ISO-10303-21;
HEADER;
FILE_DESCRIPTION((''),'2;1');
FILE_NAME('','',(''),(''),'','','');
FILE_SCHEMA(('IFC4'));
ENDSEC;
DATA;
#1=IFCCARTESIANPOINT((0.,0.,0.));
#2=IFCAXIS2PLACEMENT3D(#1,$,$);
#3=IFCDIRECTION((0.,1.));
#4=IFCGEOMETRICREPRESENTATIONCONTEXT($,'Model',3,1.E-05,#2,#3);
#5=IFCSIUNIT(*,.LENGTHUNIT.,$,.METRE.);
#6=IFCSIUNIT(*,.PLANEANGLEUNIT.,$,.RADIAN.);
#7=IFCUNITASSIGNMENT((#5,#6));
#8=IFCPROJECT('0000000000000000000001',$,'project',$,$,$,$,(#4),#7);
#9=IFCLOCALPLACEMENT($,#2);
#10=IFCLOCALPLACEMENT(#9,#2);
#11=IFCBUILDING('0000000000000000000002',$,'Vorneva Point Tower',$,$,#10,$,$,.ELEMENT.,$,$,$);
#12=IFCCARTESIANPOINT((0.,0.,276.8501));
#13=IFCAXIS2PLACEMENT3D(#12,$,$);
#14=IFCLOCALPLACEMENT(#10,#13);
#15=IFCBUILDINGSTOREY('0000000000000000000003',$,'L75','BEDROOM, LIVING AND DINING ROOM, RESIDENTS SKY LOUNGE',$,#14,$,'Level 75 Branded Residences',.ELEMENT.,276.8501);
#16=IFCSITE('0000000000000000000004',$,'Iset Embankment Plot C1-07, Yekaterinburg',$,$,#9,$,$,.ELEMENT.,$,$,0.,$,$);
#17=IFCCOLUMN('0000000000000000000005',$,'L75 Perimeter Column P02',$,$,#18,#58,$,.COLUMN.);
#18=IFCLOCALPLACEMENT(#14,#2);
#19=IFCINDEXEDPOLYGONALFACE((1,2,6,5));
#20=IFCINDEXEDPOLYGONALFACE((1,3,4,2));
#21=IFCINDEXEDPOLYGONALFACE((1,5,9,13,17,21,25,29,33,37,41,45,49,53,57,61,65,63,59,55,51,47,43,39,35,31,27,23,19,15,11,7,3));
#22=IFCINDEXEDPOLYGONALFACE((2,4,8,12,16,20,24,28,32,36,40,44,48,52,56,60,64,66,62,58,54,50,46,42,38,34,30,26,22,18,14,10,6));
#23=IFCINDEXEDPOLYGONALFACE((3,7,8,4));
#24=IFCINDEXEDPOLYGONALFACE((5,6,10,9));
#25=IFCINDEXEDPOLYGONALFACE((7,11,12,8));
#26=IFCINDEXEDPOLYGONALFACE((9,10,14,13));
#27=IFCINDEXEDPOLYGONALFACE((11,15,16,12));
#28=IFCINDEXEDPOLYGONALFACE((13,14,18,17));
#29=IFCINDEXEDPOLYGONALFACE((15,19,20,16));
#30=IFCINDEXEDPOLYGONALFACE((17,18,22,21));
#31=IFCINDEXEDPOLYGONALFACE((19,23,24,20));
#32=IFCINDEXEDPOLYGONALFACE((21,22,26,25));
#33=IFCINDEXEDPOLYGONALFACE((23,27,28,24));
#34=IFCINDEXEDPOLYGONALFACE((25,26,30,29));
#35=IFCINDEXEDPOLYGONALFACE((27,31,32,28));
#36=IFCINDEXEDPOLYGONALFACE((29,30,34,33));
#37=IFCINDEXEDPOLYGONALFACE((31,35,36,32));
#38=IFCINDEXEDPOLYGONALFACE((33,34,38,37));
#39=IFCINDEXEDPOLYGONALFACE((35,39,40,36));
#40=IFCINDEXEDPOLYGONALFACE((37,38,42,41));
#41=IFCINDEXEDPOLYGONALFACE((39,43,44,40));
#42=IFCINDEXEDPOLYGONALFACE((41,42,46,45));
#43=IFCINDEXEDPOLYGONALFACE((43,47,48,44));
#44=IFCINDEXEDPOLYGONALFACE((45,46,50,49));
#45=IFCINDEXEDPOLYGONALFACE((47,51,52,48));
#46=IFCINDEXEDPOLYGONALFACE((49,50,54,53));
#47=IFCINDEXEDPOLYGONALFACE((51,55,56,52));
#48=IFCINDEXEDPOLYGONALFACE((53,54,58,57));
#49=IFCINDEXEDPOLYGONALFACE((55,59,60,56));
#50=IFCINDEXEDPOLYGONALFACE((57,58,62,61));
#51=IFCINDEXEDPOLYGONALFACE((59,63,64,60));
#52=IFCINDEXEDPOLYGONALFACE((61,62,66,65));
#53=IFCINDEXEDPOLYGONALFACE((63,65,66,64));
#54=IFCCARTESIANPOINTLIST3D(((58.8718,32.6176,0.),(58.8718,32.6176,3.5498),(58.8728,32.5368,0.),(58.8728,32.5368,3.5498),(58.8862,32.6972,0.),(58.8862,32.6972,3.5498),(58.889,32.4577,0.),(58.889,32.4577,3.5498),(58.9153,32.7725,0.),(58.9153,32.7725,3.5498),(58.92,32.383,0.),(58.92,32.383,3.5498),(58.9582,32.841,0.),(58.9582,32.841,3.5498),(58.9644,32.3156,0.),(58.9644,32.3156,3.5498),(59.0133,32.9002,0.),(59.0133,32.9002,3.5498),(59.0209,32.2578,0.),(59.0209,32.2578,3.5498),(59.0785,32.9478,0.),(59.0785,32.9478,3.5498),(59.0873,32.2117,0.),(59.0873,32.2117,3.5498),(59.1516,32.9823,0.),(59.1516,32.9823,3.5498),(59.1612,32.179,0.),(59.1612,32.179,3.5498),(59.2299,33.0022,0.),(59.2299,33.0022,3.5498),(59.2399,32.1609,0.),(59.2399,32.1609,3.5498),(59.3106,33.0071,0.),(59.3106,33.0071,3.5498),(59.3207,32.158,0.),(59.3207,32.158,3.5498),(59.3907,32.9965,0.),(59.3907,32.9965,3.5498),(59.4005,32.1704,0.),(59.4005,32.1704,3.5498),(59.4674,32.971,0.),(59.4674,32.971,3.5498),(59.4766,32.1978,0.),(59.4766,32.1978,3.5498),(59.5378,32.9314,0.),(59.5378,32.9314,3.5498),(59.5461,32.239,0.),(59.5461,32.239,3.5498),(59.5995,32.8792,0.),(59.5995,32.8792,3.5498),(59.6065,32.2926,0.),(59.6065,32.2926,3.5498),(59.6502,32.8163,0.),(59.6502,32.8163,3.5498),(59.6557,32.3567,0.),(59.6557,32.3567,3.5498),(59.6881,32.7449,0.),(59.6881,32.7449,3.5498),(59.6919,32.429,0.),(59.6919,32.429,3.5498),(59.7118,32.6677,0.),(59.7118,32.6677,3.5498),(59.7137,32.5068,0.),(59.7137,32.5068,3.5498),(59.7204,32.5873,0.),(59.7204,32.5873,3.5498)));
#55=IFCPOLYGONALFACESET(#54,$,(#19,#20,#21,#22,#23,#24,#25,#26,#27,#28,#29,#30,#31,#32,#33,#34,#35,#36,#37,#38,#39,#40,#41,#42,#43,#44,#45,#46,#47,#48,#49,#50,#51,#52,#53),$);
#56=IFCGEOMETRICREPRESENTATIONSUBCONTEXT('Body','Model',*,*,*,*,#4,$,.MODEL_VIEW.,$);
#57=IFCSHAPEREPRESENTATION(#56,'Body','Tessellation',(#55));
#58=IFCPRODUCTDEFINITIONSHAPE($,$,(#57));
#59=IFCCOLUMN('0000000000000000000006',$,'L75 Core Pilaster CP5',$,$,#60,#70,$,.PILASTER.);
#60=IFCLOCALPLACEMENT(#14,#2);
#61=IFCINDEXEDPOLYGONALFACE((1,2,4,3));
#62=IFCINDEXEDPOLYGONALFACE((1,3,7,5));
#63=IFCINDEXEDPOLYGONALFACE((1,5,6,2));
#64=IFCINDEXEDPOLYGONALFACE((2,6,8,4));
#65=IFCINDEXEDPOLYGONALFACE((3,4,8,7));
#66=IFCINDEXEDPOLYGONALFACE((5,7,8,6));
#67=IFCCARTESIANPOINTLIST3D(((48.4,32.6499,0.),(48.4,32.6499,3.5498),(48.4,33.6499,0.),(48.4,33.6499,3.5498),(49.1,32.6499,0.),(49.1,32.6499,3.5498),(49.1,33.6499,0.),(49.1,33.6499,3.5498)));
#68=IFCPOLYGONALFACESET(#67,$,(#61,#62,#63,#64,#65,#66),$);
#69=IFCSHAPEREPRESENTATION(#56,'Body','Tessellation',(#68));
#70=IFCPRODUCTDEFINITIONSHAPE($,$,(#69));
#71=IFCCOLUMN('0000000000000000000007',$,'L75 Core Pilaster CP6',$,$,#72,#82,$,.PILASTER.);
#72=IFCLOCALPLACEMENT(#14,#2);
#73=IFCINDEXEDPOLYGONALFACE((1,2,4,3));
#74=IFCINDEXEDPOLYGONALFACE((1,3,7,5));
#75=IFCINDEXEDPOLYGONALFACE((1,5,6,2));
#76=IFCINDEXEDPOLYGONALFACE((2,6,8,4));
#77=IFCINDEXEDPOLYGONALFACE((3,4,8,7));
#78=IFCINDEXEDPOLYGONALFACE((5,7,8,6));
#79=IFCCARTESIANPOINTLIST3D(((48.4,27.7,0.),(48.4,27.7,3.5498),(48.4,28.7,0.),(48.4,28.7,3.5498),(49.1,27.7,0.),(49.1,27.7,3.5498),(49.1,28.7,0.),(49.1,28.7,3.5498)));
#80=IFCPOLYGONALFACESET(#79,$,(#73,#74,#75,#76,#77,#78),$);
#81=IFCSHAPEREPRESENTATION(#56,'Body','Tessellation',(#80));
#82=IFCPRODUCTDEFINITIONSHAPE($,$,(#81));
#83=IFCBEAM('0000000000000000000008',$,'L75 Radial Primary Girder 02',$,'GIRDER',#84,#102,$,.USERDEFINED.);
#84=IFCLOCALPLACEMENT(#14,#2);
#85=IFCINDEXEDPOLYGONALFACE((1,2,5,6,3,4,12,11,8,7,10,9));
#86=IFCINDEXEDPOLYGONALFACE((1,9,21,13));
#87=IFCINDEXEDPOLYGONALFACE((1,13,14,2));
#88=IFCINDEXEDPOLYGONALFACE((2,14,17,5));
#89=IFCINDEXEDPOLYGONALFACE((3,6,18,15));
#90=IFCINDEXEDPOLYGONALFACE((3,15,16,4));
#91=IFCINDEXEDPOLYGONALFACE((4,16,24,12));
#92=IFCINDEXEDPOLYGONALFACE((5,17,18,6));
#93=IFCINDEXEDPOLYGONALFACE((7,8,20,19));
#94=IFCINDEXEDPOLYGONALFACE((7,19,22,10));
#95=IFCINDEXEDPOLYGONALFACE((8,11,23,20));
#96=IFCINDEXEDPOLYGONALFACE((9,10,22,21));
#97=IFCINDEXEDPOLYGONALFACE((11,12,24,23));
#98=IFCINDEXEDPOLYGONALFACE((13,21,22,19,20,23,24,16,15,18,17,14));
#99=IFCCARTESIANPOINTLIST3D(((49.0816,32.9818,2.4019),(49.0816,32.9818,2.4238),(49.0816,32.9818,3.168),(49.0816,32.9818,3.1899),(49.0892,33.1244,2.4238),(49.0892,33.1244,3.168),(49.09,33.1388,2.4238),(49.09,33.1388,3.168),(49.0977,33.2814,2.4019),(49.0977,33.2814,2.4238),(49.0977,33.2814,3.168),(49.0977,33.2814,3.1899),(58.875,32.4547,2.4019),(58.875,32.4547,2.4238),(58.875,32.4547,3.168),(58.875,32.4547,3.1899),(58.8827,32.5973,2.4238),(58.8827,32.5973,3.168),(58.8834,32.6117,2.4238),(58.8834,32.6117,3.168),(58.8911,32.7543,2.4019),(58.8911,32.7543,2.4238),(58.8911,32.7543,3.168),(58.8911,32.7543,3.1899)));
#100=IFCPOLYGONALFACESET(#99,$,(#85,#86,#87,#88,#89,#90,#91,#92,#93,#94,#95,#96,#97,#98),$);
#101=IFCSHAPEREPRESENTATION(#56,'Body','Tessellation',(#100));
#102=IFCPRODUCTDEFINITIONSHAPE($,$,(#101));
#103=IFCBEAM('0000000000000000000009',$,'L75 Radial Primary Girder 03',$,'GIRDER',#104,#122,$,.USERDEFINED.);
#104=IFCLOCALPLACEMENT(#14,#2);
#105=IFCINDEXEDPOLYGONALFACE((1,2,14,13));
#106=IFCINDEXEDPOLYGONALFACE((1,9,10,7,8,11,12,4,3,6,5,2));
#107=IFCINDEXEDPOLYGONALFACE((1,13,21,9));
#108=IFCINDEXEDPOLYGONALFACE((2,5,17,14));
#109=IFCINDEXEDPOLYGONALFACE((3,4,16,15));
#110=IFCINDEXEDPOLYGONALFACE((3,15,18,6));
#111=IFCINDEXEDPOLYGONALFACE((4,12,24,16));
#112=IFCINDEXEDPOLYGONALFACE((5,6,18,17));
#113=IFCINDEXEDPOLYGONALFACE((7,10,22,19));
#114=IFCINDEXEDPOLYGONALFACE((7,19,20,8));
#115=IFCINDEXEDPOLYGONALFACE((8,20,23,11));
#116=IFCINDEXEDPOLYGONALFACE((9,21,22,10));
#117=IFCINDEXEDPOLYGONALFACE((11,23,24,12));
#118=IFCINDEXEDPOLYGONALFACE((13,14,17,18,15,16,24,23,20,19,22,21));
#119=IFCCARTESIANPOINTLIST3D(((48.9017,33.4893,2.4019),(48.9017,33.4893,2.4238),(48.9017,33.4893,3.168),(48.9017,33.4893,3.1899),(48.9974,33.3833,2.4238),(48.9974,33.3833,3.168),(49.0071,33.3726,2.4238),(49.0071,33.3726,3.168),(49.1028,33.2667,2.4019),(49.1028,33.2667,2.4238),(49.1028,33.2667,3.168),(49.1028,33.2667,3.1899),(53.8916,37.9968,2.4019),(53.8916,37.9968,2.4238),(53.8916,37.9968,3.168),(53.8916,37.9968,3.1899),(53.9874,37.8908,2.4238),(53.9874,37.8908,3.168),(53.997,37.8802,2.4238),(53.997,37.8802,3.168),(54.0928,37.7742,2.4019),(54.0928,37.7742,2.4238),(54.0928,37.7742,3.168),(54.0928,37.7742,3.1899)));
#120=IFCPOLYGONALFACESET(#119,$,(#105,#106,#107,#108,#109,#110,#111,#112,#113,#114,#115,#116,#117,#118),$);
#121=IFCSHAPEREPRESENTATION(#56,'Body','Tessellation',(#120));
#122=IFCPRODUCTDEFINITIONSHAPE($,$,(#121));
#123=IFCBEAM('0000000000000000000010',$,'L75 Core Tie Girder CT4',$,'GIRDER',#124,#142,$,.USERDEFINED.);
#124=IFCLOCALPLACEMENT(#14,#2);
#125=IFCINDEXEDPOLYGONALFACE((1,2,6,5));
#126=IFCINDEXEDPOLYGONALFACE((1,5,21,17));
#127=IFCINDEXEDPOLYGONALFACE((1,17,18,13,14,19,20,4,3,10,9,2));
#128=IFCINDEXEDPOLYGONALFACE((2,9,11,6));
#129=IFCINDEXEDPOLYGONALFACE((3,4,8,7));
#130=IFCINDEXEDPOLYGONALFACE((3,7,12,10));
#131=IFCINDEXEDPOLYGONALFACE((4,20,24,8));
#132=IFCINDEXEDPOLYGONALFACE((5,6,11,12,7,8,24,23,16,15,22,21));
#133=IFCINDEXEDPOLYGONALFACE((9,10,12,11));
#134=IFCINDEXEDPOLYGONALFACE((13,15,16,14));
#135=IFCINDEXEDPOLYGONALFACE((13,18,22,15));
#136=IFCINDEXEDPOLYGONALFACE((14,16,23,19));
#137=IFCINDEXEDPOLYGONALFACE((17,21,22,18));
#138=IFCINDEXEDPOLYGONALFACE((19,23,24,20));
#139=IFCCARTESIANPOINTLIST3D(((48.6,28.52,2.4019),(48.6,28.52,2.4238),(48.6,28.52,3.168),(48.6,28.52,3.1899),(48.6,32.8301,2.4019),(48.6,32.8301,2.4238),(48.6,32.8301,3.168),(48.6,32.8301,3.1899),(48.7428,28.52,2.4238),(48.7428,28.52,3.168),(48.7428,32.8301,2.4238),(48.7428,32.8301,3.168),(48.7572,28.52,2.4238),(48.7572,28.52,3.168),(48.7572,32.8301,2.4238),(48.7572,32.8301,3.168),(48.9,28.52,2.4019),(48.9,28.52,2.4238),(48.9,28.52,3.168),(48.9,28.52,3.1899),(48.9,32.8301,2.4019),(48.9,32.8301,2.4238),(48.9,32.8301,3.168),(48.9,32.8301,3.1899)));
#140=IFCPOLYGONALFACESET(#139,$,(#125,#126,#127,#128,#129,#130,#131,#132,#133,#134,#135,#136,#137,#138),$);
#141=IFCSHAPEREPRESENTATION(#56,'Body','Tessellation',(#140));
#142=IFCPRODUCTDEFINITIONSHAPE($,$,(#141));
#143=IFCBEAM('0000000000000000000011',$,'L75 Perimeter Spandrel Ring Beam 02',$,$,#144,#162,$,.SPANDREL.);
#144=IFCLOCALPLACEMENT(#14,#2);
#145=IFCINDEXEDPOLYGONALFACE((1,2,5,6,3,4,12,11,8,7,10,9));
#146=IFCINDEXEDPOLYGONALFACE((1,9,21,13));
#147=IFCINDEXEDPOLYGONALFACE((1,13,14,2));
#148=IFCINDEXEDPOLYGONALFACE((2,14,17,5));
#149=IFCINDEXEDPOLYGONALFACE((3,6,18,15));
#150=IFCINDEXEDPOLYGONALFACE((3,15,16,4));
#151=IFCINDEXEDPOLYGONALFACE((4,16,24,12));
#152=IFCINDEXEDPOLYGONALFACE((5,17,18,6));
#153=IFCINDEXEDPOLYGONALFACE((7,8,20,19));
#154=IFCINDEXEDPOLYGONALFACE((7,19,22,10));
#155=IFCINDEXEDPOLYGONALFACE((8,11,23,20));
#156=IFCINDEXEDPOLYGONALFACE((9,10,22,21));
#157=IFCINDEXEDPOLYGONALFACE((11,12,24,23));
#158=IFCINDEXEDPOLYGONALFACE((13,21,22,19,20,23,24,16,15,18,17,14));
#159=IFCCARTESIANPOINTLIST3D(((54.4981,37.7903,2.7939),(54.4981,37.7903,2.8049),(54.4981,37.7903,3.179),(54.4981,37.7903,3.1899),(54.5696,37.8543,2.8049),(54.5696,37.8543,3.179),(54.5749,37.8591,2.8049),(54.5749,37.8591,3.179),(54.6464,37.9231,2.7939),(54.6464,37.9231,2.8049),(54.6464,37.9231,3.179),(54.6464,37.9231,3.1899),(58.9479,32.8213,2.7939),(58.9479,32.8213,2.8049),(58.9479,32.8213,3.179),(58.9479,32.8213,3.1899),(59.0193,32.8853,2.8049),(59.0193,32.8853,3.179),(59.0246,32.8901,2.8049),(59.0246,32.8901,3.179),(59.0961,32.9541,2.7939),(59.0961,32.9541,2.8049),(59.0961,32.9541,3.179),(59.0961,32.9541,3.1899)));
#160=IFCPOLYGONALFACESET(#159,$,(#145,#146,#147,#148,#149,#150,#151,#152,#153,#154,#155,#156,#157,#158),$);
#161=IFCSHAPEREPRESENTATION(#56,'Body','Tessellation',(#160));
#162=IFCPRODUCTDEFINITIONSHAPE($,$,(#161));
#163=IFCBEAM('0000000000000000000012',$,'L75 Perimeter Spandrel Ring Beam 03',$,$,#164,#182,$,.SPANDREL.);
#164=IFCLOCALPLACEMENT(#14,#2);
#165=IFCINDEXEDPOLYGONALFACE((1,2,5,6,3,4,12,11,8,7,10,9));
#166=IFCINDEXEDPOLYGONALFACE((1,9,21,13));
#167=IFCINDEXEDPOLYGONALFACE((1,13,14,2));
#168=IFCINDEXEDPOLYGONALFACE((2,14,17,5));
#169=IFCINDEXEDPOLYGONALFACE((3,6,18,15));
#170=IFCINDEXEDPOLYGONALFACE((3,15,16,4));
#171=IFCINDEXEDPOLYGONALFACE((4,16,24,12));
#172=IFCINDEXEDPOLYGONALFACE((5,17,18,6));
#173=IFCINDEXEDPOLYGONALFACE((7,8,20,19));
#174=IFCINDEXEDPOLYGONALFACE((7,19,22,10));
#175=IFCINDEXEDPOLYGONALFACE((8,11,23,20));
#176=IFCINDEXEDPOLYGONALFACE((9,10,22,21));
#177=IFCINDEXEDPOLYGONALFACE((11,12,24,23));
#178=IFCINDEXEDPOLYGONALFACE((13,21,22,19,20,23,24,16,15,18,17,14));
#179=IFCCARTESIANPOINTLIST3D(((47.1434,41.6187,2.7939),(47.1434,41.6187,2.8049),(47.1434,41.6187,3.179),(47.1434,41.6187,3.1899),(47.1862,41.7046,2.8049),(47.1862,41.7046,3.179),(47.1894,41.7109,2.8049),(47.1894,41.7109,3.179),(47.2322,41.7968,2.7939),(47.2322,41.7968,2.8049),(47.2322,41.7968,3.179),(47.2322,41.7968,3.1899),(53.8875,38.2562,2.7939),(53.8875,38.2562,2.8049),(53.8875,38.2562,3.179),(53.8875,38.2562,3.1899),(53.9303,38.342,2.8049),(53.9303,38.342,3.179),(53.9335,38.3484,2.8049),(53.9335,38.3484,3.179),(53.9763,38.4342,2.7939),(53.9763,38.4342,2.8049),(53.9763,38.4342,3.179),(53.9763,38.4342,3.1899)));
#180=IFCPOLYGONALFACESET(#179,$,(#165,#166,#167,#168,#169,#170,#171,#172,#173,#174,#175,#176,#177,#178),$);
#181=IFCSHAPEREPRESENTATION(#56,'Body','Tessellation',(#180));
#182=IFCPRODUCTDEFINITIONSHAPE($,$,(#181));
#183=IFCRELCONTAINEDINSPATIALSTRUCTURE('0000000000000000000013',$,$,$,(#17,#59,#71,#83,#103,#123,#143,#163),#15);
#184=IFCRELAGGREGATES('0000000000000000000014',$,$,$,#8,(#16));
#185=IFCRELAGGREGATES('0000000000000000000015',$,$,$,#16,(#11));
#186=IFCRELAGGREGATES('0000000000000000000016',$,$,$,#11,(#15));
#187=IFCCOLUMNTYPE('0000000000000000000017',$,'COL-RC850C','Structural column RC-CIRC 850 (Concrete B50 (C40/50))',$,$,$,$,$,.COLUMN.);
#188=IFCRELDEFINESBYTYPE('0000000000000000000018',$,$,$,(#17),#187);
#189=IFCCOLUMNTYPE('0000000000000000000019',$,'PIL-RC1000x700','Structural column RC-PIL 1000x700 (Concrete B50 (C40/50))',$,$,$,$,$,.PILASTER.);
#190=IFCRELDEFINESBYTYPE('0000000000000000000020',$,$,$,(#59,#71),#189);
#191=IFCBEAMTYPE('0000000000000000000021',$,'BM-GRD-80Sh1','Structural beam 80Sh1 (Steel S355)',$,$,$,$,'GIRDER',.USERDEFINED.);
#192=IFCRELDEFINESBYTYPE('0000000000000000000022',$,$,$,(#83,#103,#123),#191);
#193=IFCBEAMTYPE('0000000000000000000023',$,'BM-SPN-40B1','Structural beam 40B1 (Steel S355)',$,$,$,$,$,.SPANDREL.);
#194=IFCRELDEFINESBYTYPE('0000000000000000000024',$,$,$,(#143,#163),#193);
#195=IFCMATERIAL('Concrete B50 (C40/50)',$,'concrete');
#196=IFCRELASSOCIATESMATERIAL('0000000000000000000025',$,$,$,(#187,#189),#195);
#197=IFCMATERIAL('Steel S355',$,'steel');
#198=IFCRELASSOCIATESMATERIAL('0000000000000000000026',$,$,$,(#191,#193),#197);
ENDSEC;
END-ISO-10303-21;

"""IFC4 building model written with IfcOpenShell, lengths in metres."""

from ifc_helpers import new_model, si_unit, direction, frame, origin, origin_2d, place, context, subcontext, project, spatial, rectangle, circle, i_section, extrude, material, material_profile, profile_set, type_object, element, save


model = new_model("IFC4")

# Units and contexts
model_context = context("Model", 3, precision=1e-05, world=origin(), true_north=direction((0.0, 1.0)))
body_context = subcontext(model_context, "Body", "Model", "MODEL_VIEW")
ifc_project = project(units=[si_unit("LENGTHUNIT", "METRE"), si_unit("PLANEANGLEUNIT", "RADIAN")], contexts=[model_context])

# Site, building, storey
site_placement = place(None, origin())
site = spatial("IfcSite", under=ifc_project, at=site_placement, Name="Iset Embankment Plot C1-07, Yekaterinburg", CompositionType="ELEMENT", RefElevation=0.0)
building_placement = place(site_placement, origin())
building = spatial("IfcBuilding", under=site, at=building_placement, Name="Vorneva Point Tower", CompositionType="ELEMENT")
storey_placement = place(building_placement, frame((0.0, 0.0, 276.8501)))
storey = spatial("IfcBuildingStorey", under=building, at=storey_placement, Name="L75", Description="BEDROOM, LIVING AND DINING ROOM, RESIDENTS SKY LOUNGE", LongName="Level 75 Branded Residences", CompositionType="ELEMENT", Elevation=276.8501)

# Columns
ifc_material_1 = material(Name="Concrete B50 (C40/50)", Category="concrete")
ifc_material_profile_1 = material_profile(ifc_material_1, circle(Radius=0.425, at=origin_2d()), Name="RC-CIRC 850")
ifc_profile_set_1 = profile_set([ifc_material_profile_1], Name="Concrete B50 (C40/50)")
column_type_1 = type_object("IfcColumnType", Name="COL-RC850C", Description="Structural column RC-CIRC 850 (Concrete B50 (C40/50))", PredefinedType="COLUMN", material=ifc_profile_set_1)
for number, where, z_axis, x_axis, name in (
    (1, (59.2954, 32.5823, 0.0), (0.0, 0.0, 1.0), (0.92388, 0.382683, 0.0), "L75 Perimeter Column P02"),
):
    element("IfcColumn", number, at=place(storey_placement, frame(where, z_axis=z_axis, x_axis=x_axis)), inside=storey, type_object=column_type_1, Name=name, PredefinedType="COLUMN", context=body_context, shape_type="SweptSolid", body=[
        extrude(circle(Radius=0.425, at=origin_2d()), origin(), (0.0, 0.0, 1.0), 3.5498),
    ])
ifc_material_profile_2 = material_profile(ifc_material_1, rectangle(XDim=0.7, YDim=1.0, at=origin_2d()), Name="RC-PIL 1000x700")
ifc_profile_set_2 = profile_set([ifc_material_profile_2], Name="Concrete B50 (C40/50)")
column_type_2 = type_object("IfcColumnType", Name="PIL-RC1000x700", Description="Structural column RC-PIL 1000x700 (Concrete B50 (C40/50))", PredefinedType="PILASTER", material=ifc_profile_set_2)
for number, where, z_axis, x_axis, name in (
    (2, (48.75, 33.1499, 0.0), (0.0, 0.0, 1.0), (1.0, 0.0, 0.0), "L75 Core Pilaster CP5"),
    (3, (48.75, 28.2, 0.0), (0.0, 0.0, 1.0), (1.0, 0.0, 0.0), "L75 Core Pilaster CP6"),
):
    element("IfcColumn", number, at=place(storey_placement, frame(where, z_axis=z_axis, x_axis=x_axis)), inside=storey, type_object=column_type_2, Name=name, PredefinedType="PILASTER", context=body_context, shape_type="SweptSolid", body=[
        extrude(rectangle(XDim=0.7, YDim=1.0, at=origin_2d()), origin(), (0.0, 0.0, 1.0), 3.5498),
    ])

# Beams
ifc_material_2 = material(Name="Steel S355", Category="steel")
ifc_material_profile_3 = material_profile(ifc_material_2, i_section(OverallWidth=0.3, OverallDepth=0.7881, WebThickness=0.0144, FlangeThickness=0.022, at=origin_2d()), Name="80Sh1")
ifc_profile_set_3 = profile_set([ifc_material_profile_3], Name="Steel S355")
beam_type_1 = type_object("IfcBeamType", Name="BM-GRD-80Sh1", Description="Structural beam 80Sh1 (Steel S355)", ElementType="GIRDER", PredefinedType="USERDEFINED", material=ifc_profile_set_3)
beam_1_placement = place(storey_placement, frame((58.8831, 32.6045, 2.7959), z_axis=(-0.998555, 0.053744, 0.0), x_axis=(-0.053744, -0.998555, 0.0)))
element("IfcBeam", 4, at=beam_1_placement, inside=storey, type_object=beam_type_1, Name="L75 Radial Primary Girder 02", ObjectType="GIRDER", PredefinedType="USERDEFINED", context=body_context, shape_type="SweptSolid", body=[
    extrude(i_section(OverallWidth=0.3, OverallDepth=0.7881, WebThickness=0.0144, FlangeThickness=0.022, at=origin_2d()), origin(), (0.0, 0.0, 1.0), 9.8076),
])
beam_2_placement = place(storey_placement, frame((53.9922, 37.8855, 2.7959), z_axis=(-0.742067, -0.670326, 0.0), x_axis=(0.670326, -0.742067, 0.0)))
element("IfcBeam", 5, at=beam_2_placement, inside=storey, type_object=beam_type_1, Name="L75 Radial Primary Girder 03", ObjectType="GIRDER", PredefinedType="USERDEFINED", context=body_context, shape_type="SweptSolid", body=[
    extrude(i_section(OverallWidth=0.3, OverallDepth=0.7881, WebThickness=0.0144, FlangeThickness=0.022, at=origin_2d()), origin(), (0.0, 0.0, 1.0), 6.7244),
])
beam_3_placement = place(storey_placement, frame((48.75, 28.52, 2.7959), z_axis=(0.0, 1.0, 0.0), x_axis=(-1.0, 0.0, 0.0)))
element("IfcBeam", 6, at=beam_3_placement, inside=storey, type_object=beam_type_1, Name="L75 Core Tie Girder CT4", ObjectType="GIRDER", PredefinedType="USERDEFINED", context=body_context, shape_type="SweptSolid", body=[
    extrude(i_section(OverallWidth=0.3, OverallDepth=0.7881, WebThickness=0.0144, FlangeThickness=0.022, at=origin_2d()), origin(), (0.0, 0.0, 1.0), 4.3101),
])
ifc_material_profile_4 = material_profile(ifc_material_2, i_section(OverallWidth=0.199, OverallDepth=0.396, WebThickness=0.0071, FlangeThickness=0.011, at=origin_2d()), Name="40B1")
ifc_profile_set_4 = profile_set([ifc_material_profile_4], Name="Steel S355")
beam_type_2 = type_object("IfcBeamType", Name="BM-SPN-40B1", Description="Structural beam 40B1 (Steel S355)", PredefinedType="SPANDREL", material=ifc_profile_set_4)
beam_4_placement = place(storey_placement, frame((59.022, 32.8877, 2.9919), z_axis=(-0.667108, 0.744961, 0.0), x_axis=(-0.744961, -0.667108, 0.0)))
element("IfcBeam", 7, at=beam_4_placement, inside=storey, type_object=beam_type_2, Name="L75 Perimeter Spandrel Ring Beam 02", PredefinedType="SPANDREL", context=body_context, shape_type="SweptSolid", body=[
    extrude(i_section(OverallWidth=0.199, OverallDepth=0.396, WebThickness=0.0071, FlangeThickness=0.011, at=origin_2d()), origin(), (0.0, 0.0, 1.0), 6.6702),
])
beam_5_placement = place(storey_placement, frame((53.9319, 38.3452, 2.9919), z_axis=(-0.894932, 0.446203, 0.0), x_axis=(-0.446203, -0.894932, 0.0)))
element("IfcBeam", 8, at=beam_5_placement, inside=storey, type_object=beam_type_2, Name="L75 Perimeter Spandrel Ring Beam 03", PredefinedType="SPANDREL", context=body_context, shape_type="SweptSolid", body=[
    extrude(i_section(OverallWidth=0.199, OverallDepth=0.396, WebThickness=0.0071, FlangeThickness=0.011, at=origin_2d()), origin(), (0.0, 0.0, 1.0), 7.5359),
])

save(model, "model.ifc")
